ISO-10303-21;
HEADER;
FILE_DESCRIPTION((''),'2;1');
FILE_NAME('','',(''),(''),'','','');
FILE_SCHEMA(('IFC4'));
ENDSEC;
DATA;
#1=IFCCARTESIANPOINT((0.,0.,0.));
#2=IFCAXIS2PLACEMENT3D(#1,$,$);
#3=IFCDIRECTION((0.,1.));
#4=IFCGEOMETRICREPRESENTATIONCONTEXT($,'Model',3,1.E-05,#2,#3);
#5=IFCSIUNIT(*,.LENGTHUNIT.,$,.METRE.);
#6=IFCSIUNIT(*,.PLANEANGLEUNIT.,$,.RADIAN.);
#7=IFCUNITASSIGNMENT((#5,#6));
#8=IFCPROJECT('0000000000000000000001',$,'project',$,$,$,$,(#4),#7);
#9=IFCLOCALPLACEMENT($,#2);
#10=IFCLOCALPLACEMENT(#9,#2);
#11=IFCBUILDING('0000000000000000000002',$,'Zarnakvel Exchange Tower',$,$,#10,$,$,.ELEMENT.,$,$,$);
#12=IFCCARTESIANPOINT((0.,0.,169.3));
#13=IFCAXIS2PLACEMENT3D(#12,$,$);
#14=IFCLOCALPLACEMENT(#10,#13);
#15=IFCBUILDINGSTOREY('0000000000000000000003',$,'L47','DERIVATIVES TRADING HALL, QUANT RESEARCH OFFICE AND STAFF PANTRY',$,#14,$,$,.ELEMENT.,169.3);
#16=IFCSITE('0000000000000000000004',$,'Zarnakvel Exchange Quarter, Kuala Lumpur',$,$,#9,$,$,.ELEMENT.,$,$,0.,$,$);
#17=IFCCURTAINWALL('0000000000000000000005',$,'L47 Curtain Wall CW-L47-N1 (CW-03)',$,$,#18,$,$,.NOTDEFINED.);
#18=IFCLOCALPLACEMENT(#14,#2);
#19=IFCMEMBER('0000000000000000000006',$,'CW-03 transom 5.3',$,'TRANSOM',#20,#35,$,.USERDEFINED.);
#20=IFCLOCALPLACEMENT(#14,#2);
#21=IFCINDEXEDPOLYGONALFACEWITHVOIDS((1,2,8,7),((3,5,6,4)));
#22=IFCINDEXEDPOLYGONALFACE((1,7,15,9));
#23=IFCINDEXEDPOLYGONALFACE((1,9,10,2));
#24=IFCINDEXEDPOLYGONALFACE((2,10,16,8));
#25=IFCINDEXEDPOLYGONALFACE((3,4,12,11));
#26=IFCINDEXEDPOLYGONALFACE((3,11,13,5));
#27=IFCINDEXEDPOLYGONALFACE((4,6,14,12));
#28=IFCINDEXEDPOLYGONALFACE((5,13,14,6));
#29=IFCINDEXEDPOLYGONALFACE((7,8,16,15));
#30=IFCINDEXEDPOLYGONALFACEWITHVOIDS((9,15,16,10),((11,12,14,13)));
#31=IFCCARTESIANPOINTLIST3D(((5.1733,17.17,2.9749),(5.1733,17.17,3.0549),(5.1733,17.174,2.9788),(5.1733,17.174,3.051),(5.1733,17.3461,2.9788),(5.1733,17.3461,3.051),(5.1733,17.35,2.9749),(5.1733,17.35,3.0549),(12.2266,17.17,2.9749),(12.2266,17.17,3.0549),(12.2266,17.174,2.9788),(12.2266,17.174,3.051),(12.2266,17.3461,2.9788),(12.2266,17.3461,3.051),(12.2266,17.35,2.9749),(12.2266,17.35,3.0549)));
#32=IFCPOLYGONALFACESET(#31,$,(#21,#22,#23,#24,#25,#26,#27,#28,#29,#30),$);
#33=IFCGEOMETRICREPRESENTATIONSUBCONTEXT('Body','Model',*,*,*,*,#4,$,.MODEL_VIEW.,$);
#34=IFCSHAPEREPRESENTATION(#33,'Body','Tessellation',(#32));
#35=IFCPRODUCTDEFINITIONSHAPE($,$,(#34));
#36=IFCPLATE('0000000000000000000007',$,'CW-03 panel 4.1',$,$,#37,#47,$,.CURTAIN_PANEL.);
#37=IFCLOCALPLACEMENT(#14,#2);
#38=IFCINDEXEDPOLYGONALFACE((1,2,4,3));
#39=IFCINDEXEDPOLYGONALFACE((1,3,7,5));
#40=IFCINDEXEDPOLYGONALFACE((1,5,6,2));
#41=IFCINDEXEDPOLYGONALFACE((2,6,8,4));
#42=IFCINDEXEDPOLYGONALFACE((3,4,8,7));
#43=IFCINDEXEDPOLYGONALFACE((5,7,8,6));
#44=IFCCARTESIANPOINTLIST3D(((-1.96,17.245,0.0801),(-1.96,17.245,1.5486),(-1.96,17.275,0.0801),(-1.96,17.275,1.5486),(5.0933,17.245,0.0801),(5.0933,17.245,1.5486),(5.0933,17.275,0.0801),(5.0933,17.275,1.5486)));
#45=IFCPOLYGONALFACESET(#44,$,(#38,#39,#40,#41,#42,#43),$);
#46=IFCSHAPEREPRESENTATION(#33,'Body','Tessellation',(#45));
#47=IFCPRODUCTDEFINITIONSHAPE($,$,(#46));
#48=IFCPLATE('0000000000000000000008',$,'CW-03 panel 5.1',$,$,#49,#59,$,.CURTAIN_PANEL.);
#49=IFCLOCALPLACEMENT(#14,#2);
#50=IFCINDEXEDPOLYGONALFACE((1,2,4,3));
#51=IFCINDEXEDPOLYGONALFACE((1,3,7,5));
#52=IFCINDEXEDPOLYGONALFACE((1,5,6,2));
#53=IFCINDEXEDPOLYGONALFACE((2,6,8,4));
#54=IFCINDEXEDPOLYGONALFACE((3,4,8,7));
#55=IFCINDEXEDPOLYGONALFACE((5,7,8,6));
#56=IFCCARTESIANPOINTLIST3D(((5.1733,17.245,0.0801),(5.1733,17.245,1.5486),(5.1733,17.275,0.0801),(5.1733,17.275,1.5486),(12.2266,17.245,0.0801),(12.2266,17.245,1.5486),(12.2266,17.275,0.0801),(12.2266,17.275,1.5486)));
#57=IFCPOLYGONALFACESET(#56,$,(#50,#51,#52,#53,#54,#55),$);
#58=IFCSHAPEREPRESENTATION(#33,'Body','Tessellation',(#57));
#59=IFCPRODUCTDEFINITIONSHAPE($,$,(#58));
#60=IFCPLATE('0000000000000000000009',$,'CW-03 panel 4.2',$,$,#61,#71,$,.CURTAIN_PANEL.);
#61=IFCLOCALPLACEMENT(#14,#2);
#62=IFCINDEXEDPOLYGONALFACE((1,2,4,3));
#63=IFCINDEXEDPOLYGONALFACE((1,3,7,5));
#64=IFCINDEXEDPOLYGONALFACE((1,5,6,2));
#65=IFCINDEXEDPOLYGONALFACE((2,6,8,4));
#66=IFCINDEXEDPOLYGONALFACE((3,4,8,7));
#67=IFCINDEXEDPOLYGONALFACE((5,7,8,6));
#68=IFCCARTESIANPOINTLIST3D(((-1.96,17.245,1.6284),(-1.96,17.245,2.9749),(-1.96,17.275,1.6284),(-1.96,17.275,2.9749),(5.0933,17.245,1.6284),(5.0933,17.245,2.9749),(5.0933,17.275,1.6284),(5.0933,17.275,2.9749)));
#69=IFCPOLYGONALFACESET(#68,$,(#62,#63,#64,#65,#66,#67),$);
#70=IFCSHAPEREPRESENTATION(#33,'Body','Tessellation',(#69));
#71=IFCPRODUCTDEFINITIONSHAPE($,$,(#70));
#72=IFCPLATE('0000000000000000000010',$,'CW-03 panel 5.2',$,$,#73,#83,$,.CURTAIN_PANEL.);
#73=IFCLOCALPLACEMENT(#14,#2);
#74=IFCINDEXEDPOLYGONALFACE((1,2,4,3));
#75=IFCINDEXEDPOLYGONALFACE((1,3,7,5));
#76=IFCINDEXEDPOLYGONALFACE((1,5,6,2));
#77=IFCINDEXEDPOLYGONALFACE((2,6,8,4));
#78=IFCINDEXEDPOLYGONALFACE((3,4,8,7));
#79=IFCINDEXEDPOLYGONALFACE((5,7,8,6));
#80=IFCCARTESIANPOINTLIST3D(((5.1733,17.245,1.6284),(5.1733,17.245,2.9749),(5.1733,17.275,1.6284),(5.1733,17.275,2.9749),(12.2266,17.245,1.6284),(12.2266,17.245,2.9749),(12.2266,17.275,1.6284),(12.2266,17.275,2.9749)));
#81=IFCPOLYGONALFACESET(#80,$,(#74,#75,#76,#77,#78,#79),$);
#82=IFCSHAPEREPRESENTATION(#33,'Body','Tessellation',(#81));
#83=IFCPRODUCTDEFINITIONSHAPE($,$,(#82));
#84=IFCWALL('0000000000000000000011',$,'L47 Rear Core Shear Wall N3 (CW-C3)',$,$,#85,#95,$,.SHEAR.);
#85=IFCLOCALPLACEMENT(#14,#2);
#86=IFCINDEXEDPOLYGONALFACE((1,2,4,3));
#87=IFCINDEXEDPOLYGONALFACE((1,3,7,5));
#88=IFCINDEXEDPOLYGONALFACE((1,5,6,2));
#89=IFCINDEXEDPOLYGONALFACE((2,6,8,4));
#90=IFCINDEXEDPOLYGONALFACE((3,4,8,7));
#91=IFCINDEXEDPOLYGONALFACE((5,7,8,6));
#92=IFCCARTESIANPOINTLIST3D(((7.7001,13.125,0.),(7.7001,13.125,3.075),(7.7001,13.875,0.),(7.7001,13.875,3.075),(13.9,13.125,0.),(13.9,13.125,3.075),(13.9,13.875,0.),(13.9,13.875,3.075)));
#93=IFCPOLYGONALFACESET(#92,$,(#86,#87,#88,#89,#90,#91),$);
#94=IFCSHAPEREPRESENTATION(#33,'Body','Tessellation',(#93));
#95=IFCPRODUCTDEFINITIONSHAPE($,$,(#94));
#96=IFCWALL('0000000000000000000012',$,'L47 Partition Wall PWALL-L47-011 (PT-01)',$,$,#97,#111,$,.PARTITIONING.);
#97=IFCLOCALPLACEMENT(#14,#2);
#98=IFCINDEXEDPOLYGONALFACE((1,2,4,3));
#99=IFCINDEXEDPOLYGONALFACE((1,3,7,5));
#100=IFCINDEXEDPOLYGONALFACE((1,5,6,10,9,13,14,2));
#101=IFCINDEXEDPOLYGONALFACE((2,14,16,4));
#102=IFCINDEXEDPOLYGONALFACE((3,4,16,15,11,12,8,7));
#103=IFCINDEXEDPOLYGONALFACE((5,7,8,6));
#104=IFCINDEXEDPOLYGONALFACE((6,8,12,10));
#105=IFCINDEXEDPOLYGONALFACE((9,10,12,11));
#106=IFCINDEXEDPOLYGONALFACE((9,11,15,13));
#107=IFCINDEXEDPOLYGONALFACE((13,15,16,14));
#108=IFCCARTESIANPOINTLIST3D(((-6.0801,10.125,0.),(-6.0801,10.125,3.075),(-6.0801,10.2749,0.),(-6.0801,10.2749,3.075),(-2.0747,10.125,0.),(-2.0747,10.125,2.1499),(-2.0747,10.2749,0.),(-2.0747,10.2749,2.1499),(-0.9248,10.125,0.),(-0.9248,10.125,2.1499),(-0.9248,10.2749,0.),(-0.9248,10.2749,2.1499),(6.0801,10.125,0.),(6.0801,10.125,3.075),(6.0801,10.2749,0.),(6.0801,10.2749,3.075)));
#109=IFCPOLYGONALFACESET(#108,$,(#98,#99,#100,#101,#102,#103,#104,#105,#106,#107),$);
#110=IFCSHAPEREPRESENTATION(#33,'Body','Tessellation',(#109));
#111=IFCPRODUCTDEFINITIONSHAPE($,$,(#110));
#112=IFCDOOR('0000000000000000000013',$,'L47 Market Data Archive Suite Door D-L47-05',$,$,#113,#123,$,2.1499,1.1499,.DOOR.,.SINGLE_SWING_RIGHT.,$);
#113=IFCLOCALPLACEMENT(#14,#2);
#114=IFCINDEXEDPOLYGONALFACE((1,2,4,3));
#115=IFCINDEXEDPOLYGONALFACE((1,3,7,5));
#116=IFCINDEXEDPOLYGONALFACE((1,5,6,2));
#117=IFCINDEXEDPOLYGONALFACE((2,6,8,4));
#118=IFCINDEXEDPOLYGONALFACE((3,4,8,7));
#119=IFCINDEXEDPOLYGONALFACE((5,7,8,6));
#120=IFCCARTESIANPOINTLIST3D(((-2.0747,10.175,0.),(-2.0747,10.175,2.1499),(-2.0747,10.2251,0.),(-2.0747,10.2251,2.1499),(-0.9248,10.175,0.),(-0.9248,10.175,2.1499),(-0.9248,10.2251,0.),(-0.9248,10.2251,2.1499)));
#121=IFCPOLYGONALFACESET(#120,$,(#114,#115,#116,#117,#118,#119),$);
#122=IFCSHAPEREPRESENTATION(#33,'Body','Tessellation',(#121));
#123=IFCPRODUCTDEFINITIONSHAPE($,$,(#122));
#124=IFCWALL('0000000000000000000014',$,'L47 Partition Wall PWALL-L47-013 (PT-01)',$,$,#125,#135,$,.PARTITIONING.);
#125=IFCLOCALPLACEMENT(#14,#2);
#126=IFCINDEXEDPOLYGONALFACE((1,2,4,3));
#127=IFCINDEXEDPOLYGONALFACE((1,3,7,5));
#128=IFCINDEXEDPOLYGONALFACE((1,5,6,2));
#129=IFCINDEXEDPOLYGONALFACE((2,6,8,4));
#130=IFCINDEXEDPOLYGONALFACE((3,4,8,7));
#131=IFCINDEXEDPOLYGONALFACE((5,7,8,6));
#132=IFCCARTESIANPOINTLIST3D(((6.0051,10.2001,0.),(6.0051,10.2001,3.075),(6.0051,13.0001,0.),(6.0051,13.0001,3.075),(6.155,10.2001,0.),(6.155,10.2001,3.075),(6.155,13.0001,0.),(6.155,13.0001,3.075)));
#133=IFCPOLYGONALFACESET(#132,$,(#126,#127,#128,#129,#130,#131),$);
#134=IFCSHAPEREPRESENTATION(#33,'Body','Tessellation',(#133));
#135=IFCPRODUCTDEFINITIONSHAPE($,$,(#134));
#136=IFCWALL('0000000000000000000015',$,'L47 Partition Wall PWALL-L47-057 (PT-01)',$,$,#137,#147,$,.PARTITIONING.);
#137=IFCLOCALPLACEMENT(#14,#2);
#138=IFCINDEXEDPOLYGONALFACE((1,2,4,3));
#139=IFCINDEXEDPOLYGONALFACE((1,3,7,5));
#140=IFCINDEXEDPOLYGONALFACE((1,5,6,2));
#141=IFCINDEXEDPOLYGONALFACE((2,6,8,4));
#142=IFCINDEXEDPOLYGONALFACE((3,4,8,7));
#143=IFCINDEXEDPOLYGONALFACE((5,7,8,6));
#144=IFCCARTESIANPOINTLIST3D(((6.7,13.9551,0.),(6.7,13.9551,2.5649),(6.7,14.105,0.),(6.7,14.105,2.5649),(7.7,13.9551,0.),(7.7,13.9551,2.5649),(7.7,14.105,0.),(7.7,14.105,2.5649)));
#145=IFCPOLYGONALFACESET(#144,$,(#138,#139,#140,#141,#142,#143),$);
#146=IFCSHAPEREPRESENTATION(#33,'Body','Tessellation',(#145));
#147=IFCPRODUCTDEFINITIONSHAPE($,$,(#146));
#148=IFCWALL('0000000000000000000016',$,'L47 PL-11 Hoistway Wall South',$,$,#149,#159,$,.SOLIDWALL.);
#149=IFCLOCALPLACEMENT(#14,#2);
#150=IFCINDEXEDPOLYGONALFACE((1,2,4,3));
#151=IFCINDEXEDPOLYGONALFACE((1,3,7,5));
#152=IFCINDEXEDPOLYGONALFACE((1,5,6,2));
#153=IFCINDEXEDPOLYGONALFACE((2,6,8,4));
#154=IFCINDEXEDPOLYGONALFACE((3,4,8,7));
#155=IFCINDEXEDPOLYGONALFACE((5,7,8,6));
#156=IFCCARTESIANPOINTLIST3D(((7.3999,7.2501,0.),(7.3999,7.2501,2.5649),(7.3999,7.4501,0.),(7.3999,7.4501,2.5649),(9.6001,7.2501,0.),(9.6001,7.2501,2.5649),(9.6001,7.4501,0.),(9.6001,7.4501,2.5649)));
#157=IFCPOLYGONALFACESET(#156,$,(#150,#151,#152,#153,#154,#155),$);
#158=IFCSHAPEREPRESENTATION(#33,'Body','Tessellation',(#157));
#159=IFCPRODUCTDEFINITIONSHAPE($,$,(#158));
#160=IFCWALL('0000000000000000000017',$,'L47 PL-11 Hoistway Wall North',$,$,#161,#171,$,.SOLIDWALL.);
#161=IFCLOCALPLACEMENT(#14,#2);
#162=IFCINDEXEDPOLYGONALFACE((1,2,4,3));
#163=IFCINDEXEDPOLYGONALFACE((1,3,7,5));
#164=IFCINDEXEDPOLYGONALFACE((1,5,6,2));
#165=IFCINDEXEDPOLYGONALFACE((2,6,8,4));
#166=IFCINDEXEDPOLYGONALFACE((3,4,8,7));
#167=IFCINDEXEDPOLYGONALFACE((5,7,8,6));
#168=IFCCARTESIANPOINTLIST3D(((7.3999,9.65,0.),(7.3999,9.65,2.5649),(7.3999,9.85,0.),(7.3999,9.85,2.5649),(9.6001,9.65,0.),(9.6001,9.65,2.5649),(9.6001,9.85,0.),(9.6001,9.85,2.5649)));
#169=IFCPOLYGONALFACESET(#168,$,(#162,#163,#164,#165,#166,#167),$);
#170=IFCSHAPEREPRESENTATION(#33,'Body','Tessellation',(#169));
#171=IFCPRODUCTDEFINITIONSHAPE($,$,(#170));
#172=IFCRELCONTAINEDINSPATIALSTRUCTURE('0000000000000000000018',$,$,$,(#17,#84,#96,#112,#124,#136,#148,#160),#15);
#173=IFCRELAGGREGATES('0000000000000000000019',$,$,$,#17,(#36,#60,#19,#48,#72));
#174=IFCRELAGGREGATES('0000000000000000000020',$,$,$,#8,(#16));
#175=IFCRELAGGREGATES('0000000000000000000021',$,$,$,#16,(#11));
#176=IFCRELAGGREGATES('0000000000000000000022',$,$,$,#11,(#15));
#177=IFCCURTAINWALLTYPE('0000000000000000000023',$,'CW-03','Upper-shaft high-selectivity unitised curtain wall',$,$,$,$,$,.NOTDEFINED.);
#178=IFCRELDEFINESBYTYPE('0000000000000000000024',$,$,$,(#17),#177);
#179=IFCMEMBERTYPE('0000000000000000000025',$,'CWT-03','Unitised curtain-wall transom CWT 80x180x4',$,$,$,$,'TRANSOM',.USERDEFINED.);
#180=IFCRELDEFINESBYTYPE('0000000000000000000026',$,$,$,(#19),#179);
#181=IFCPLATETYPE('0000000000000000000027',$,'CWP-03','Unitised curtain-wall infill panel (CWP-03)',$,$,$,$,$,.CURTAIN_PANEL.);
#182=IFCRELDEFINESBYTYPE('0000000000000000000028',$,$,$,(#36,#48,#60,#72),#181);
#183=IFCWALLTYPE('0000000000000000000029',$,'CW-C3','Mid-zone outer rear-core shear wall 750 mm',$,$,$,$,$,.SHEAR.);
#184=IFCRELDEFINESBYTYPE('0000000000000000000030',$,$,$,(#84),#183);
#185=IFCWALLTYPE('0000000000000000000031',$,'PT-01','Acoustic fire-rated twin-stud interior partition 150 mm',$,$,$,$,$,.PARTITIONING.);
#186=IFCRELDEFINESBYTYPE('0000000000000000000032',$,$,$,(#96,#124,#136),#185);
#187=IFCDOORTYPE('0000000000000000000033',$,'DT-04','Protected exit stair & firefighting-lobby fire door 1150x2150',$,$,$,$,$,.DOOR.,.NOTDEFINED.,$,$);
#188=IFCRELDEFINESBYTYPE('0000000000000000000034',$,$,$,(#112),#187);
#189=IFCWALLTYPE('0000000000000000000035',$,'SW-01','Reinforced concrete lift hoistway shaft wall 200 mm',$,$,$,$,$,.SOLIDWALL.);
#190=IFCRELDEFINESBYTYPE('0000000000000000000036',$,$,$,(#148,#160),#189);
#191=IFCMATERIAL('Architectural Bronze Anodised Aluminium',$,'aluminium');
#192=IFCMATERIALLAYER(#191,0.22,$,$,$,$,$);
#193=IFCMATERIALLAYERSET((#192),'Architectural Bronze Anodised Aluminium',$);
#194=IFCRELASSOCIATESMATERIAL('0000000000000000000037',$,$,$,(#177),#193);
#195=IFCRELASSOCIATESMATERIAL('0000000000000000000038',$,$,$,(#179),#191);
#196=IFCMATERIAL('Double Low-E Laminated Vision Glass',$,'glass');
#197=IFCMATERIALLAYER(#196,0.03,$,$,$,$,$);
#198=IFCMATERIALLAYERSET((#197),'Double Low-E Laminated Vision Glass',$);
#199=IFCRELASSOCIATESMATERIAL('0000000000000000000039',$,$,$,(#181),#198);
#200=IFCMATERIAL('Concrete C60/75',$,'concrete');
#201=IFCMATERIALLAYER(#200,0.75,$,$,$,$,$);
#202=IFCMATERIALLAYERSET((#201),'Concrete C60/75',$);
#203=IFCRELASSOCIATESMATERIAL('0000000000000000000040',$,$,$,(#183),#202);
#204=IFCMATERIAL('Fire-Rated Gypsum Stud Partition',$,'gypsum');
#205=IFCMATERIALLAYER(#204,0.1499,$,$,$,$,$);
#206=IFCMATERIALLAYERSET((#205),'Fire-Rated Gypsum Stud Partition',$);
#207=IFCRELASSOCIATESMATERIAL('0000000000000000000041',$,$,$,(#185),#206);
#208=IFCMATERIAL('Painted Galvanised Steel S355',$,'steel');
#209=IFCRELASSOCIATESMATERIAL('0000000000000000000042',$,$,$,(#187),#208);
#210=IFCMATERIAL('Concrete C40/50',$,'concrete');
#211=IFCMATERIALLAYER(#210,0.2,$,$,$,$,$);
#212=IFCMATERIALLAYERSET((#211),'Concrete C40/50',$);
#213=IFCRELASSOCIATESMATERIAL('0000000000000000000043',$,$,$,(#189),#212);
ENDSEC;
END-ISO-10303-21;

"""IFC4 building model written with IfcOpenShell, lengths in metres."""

from ifc_helpers import new_model, si_unit, direction, frame, frame_2d, origin, origin_2d, place, context, subcontext, project, spatial, rectangle, hollow_rectangle, extrude, source, transform, mapped, material, layer, layer_set, material_profile, profile_set, type_object, element, fill, aggregate, save


model = new_model("IFC4")

# Units and contexts
model_context = context("Model", 3, precision=1e-05, world=origin(), true_north=direction((0.0, 1.0)))
body_context = subcontext(model_context, "Body", "Model", "MODEL_VIEW")
ifc_project = project(units=[si_unit("LENGTHUNIT", "METRE"), si_unit("PLANEANGLEUNIT", "RADIAN")], contexts=[model_context])

# Site, building, storey
site_placement = place(None, origin())
site = spatial("IfcSite", under=ifc_project, at=site_placement, Name="Zarnakvel Exchange Quarter, Kuala Lumpur", CompositionType="ELEMENT", RefElevation=0.0)
building_placement = place(site_placement, origin())
building = spatial("IfcBuilding", under=site, at=building_placement, Name="Zarnakvel Exchange Tower", CompositionType="ELEMENT")
storey_placement = place(building_placement, frame((0.0, 0.0, 169.3)))
storey = spatial("IfcBuildingStorey", under=building, at=storey_placement, Name="L47", Description="DERIVATIVES TRADING HALL, QUANT RESEARCH OFFICE AND STAFF PANTRY", CompositionType="ELEMENT", Elevation=169.3)

# Shared definitions
ifc_material_1 = material(Name="Concrete C60/75", Category="concrete")

# Curtain wall, member, plates
ifc_material_2 = material(Name="Architectural Bronze Anodised Aluminium", Category="aluminium")
ifc_layer_1 = layer(ifc_material_2, 0.22)
ifc_layer_set_1 = layer_set([ifc_layer_1], Name="Architectural Bronze Anodised Aluminium")
curtain_wall_type = type_object("IfcCurtainWallType", Name="CW-03", Description="Upper-shaft high-selectivity unitised curtain wall", PredefinedType="NOTDEFINED", material=ifc_layer_set_1)
curtain_wall_placement = place(storey_placement, origin())
curtain_wall = element("IfcCurtainWall", 1, at=curtain_wall_placement, inside=storey, type_object=curtain_wall_type, Name="L47 Curtain Wall CW-L47-N1 (CW-03)", PredefinedType="NOTDEFINED")
ifc_material_profile_1 = material_profile(ifc_material_2, hollow_rectangle(XDim=0.1799, YDim=0.0801, WallThickness=0.0039, at=origin_2d()))
ifc_profile_set_1 = profile_set([ifc_material_profile_1], Name="Architectural Bronze Anodised Aluminium")
member_type_1 = type_object("IfcMemberType", Name="CWT-03", Description="Unitised curtain-wall transom CWT 80x180x4", ElementType="TRANSOM", PredefinedType="USERDEFINED", material=ifc_profile_set_1)
shared_shape_1 = source(origin(), body_context, "Body", "SweptSolid", [
    extrude(hollow_rectangle(XDim=0.1799, YDim=0.0801, WallThickness=0.0039, at=origin_2d()), origin(), (0.0, 0.0, 1.0), 7.0532),
])
member_1_placement = place(storey_placement, frame((5.1733, 17.26, 3.0149), z_axis=(1.0, 0.0, 0.0), x_axis=(0.0, 1.0, 0.0)))
member_1 = element("IfcMember", 2, at=member_1_placement, type_object=member_type_1, Name="CW-03 transom 5.3", ObjectType="TRANSOM", PredefinedType="USERDEFINED", context=body_context, shape_type="MappedRepresentation", body=[
    mapped(shared_shape_1, transform((0.0, 0.0, 0.0), x_axis=(1.0, 0.0, 0.0), y_axis=(0.0, 1.0, 0.0), z_axis=(0.0, 0.0, 1.0), scale=1.0)),
])
ifc_material_3 = material(Name="Double Low-E Laminated Vision Glass", Category="glass")
ifc_layer_2 = layer(ifc_material_3, 0.03)
ifc_layer_set_2 = layer_set([ifc_layer_2], Name="Double Low-E Laminated Vision Glass")
plate_type = type_object("IfcPlateType", Name="CWP-03", Description="Unitised curtain-wall infill panel (CWP-03)", PredefinedType="CURTAIN_PANEL", material=ifc_layer_set_2)
shared_shape_2 = source(origin(), body_context, "Body", "SweptSolid", [
    extrude(rectangle(XDim=7.0532, YDim=0.03, at=origin_2d()), origin(), (0.0, 0.0, 1.0), 1.4685),
])
plate_1_placement = place(storey_placement, frame((1.5667, 17.26, 0.0801), z_axis=(0.0, 0.0, 1.0), x_axis=(1.0, 0.0, 0.0)))
plate_1 = element("IfcPlate", 3, at=plate_1_placement, type_object=plate_type, Name="CW-03 panel 4.1", PredefinedType="CURTAIN_PANEL", context=body_context, shape_type="MappedRepresentation", body=[
    mapped(shared_shape_2, transform((0.0, 0.0, 0.0), x_axis=(1.0, 0.0, 0.0), y_axis=(0.0, 1.0, 0.0), z_axis=(0.0, 0.0, 1.0), scale=1.0)),
])
plate_2_placement = place(storey_placement, frame((8.7, 17.26, 0.0801), z_axis=(0.0, 0.0, 1.0), x_axis=(1.0, 0.0, 0.0)))
plate_2 = element("IfcPlate", 4, at=plate_2_placement, type_object=plate_type, Name="CW-03 panel 5.1", PredefinedType="CURTAIN_PANEL", context=body_context, shape_type="MappedRepresentation", body=[
    mapped(shared_shape_2, transform((0.0, 0.0, 0.0), x_axis=(1.0, 0.0, 0.0), y_axis=(0.0, 1.0, 0.0), z_axis=(0.0, 0.0, 1.0), scale=1.0)),
])
shared_shape_3 = source(origin(), body_context, "Body", "SweptSolid", [
    extrude(rectangle(XDim=7.0532, YDim=0.03, at=origin_2d()), origin(), (0.0, 0.0, 1.0), 1.3464),
])
plate_3_placement = place(storey_placement, frame((1.5667, 17.26, 1.6284), z_axis=(0.0, 0.0, 1.0), x_axis=(1.0, 0.0, 0.0)))
plate_3 = element("IfcPlate", 5, at=plate_3_placement, type_object=plate_type, Name="CW-03 panel 4.2", PredefinedType="CURTAIN_PANEL", context=body_context, shape_type="MappedRepresentation", body=[
    mapped(shared_shape_3, transform((0.0, 0.0, 0.0), x_axis=(1.0, 0.0, 0.0), y_axis=(0.0, 1.0, 0.0), z_axis=(0.0, 0.0, 1.0), scale=1.0)),
])
plate_4_placement = place(storey_placement, frame((8.7, 17.26, 1.6284), z_axis=(0.0, 0.0, 1.0), x_axis=(1.0, 0.0, 0.0)))
plate_4 = element("IfcPlate", 6, at=plate_4_placement, type_object=plate_type, Name="CW-03 panel 5.2", PredefinedType="CURTAIN_PANEL", context=body_context, shape_type="MappedRepresentation", body=[
    mapped(shared_shape_3, transform((0.0, 0.0, 0.0), x_axis=(1.0, 0.0, 0.0), y_axis=(0.0, 1.0, 0.0), z_axis=(0.0, 0.0, 1.0), scale=1.0)),
])
aggregate(curtain_wall, [plate_1, plate_3, member_1, plate_2, plate_4])

# Wall
ifc_layer_3 = layer(ifc_material_1, 0.75)
ifc_layer_set_3 = layer_set([ifc_layer_3], Name="Concrete C60/75")
wall_type_1 = type_object("IfcWallType", Name="CW-C3", Description="Mid-zone outer rear-core shear wall 750 mm", PredefinedType="SHEAR", material=ifc_layer_set_3)
wall_1_placement = place(storey_placement, frame((7.7, 13.5, 0.0), z_axis=(0.0, 0.0, 1.0), x_axis=(1.0, 0.0, 0.0)))
element("IfcWall", 7, at=wall_1_placement, inside=storey, type_object=wall_type_1, Name="L47 Rear Core Shear Wall N3 (CW-C3)", PredefinedType="SHEAR", context=body_context, shape_type="SweptSolid", body=[
    extrude(rectangle(XDim=6.2, YDim=0.75, at=frame_2d((3.1001, 0.0))), origin(), (0.0, 0.0, 1.0), 3.075),
])

# Wall, opening, door
ifc_material_4 = material(Name="Fire-Rated Gypsum Stud Partition", Category="gypsum")
ifc_layer_4 = layer(ifc_material_4, 0.1499)
ifc_layer_set_4 = layer_set([ifc_layer_4], Name="Fire-Rated Gypsum Stud Partition")
wall_type_2 = type_object("IfcWallType", Name="PT-01", Description="Acoustic fire-rated twin-stud interior partition 150 mm", PredefinedType="PARTITIONING", material=ifc_layer_set_4)
wall_2_placement = place(storey_placement, frame((6.0801, 10.2, 0.0), z_axis=(0.0, 0.0, 1.0), x_axis=(-1.0, 0.0, 0.0)))
wall_2 = element("IfcWall", 8, at=wall_2_placement, inside=storey, type_object=wall_type_2, Name="L47 Partition Wall PWALL-L47-011 (PT-01)", PredefinedType="PARTITIONING", context=body_context, shape_type="SweptSolid", body=[
    extrude(rectangle(XDim=12.1602, YDim=0.1499, at=frame_2d((6.0801, 0.0))), origin(), (0.0, 0.0, 1.0), 3.075),
])
opening_placement = place(wall_2_placement, frame((7.0049, 0.0, 0.0)))
opening = element("IfcOpeningElement", 9, at=opening_placement, cuts=wall_2, PredefinedType="OPENING", context=body_context, shape_type="SweptSolid", body=[
    extrude(rectangle(XDim=1.1499, YDim=2.1499, at=frame_2d((0.575, 1.075))), frame((0.0, 0.085, 0.0), z_axis=(0.0, -1.0, 0.0), x_axis=(1.0, 0.0, 0.0)), (0.0, 0.0, 1.0), 0.1699),
])
ifc_material_5 = material(Name="Painted Galvanised Steel S355", Category="steel")
door_type = type_object("IfcDoorType", Name="DT-04", Description="Protected exit stair & firefighting-lobby fire door 1150x2150", OperationType="NOTDEFINED", PredefinedType="DOOR", material=ifc_material_5)
shared_shape_4 = source(origin(), body_context, "Body", "SweptSolid", [
    extrude(rectangle(XDim=1.1499, YDim=2.1499, at=frame_2d((0.575, 1.075))), frame((0.0, 0.0249, 0.0), z_axis=(0.0, -1.0, 0.0), x_axis=(1.0, 0.0, 0.0)), (0.0, 0.0, 1.0), 0.05),
])
door_placement = place(opening_placement, origin())
door = element("IfcDoor", 10, at=door_placement, inside=storey, type_object=door_type, Name="L47 Market Data Archive Suite Door D-L47-05", OperationType="SINGLE_SWING_RIGHT", OverallHeight=2.1499, OverallWidth=1.1499, PredefinedType="DOOR", context=body_context, shape_type="MappedRepresentation", body=[
    mapped(shared_shape_4, transform((0.0, 0.0, 0.0), x_axis=(1.0, 0.0, 0.0), y_axis=(0.0, 1.0, 0.0), z_axis=(0.0, 0.0, 1.0), scale=1.0)),
])
fill(opening, door)

# Walls
wall_3_placement = place(storey_placement, frame((6.0801, 13.0, 0.0), z_axis=(0.0, 0.0, 1.0), x_axis=(0.0, -1.0, 0.0)))
element("IfcWall", 11, at=wall_3_placement, inside=storey, type_object=wall_type_2, Name="L47 Partition Wall PWALL-L47-013 (PT-01)", PredefinedType="PARTITIONING", context=body_context, shape_type="SweptSolid", body=[
    extrude(rectangle(XDim=2.8, YDim=0.1499, at=frame_2d((1.3999, 0.0))), origin(), (0.0, 0.0, 1.0), 3.075),
])
wall_4_placement = place(storey_placement, frame((7.7, 14.03, 0.0), z_axis=(0.0, 0.0, 1.0), x_axis=(-1.0, 0.0, 0.0)))
element("IfcWall", 12, at=wall_4_placement, inside=storey, type_object=wall_type_2, Name="L47 Partition Wall PWALL-L47-057 (PT-01)", PredefinedType="PARTITIONING", context=body_context, shape_type="SweptSolid", body=[
    extrude(rectangle(XDim=1.0, YDim=0.1499, at=frame_2d((0.5, 0.0))), origin(), (0.0, 0.0, 1.0), 2.5649),
])
ifc_material_6 = material(Name="Concrete C40/50", Category="concrete")
ifc_layer_5 = layer(ifc_material_6, 0.2)
ifc_layer_set_5 = layer_set([ifc_layer_5], Name="Concrete C40/50")
wall_type_3 = type_object("IfcWallType", Name="SW-01", Description="Reinforced concrete lift hoistway shaft wall 200 mm", PredefinedType="SOLIDWALL", material=ifc_layer_set_5)
for number, where, z_axis, x_axis, name in (
    (13, (9.6001, 7.3501, 0.0), (0.0, 0.0, 1.0), (-1.0, 0.0, 0.0), "L47 PL-11 Hoistway Wall South"),
    (14, (7.3999, 9.75, 0.0), (0.0, 0.0, 1.0), (1.0, 0.0, 0.0), "L47 PL-11 Hoistway Wall North"),
):
    element("IfcWall", number, at=place(storey_placement, frame(where, z_axis=z_axis, x_axis=x_axis)), inside=storey, type_object=wall_type_3, Name=name, PredefinedType="SOLIDWALL", context=body_context, shape_type="SweptSolid", body=[
        extrude(rectangle(XDim=2.2002, YDim=0.2, at=frame_2d((1.1001, 0.0))), origin(), (0.0, 0.0, 1.0), 2.5649),
    ])

save(model, "model.ifc")
